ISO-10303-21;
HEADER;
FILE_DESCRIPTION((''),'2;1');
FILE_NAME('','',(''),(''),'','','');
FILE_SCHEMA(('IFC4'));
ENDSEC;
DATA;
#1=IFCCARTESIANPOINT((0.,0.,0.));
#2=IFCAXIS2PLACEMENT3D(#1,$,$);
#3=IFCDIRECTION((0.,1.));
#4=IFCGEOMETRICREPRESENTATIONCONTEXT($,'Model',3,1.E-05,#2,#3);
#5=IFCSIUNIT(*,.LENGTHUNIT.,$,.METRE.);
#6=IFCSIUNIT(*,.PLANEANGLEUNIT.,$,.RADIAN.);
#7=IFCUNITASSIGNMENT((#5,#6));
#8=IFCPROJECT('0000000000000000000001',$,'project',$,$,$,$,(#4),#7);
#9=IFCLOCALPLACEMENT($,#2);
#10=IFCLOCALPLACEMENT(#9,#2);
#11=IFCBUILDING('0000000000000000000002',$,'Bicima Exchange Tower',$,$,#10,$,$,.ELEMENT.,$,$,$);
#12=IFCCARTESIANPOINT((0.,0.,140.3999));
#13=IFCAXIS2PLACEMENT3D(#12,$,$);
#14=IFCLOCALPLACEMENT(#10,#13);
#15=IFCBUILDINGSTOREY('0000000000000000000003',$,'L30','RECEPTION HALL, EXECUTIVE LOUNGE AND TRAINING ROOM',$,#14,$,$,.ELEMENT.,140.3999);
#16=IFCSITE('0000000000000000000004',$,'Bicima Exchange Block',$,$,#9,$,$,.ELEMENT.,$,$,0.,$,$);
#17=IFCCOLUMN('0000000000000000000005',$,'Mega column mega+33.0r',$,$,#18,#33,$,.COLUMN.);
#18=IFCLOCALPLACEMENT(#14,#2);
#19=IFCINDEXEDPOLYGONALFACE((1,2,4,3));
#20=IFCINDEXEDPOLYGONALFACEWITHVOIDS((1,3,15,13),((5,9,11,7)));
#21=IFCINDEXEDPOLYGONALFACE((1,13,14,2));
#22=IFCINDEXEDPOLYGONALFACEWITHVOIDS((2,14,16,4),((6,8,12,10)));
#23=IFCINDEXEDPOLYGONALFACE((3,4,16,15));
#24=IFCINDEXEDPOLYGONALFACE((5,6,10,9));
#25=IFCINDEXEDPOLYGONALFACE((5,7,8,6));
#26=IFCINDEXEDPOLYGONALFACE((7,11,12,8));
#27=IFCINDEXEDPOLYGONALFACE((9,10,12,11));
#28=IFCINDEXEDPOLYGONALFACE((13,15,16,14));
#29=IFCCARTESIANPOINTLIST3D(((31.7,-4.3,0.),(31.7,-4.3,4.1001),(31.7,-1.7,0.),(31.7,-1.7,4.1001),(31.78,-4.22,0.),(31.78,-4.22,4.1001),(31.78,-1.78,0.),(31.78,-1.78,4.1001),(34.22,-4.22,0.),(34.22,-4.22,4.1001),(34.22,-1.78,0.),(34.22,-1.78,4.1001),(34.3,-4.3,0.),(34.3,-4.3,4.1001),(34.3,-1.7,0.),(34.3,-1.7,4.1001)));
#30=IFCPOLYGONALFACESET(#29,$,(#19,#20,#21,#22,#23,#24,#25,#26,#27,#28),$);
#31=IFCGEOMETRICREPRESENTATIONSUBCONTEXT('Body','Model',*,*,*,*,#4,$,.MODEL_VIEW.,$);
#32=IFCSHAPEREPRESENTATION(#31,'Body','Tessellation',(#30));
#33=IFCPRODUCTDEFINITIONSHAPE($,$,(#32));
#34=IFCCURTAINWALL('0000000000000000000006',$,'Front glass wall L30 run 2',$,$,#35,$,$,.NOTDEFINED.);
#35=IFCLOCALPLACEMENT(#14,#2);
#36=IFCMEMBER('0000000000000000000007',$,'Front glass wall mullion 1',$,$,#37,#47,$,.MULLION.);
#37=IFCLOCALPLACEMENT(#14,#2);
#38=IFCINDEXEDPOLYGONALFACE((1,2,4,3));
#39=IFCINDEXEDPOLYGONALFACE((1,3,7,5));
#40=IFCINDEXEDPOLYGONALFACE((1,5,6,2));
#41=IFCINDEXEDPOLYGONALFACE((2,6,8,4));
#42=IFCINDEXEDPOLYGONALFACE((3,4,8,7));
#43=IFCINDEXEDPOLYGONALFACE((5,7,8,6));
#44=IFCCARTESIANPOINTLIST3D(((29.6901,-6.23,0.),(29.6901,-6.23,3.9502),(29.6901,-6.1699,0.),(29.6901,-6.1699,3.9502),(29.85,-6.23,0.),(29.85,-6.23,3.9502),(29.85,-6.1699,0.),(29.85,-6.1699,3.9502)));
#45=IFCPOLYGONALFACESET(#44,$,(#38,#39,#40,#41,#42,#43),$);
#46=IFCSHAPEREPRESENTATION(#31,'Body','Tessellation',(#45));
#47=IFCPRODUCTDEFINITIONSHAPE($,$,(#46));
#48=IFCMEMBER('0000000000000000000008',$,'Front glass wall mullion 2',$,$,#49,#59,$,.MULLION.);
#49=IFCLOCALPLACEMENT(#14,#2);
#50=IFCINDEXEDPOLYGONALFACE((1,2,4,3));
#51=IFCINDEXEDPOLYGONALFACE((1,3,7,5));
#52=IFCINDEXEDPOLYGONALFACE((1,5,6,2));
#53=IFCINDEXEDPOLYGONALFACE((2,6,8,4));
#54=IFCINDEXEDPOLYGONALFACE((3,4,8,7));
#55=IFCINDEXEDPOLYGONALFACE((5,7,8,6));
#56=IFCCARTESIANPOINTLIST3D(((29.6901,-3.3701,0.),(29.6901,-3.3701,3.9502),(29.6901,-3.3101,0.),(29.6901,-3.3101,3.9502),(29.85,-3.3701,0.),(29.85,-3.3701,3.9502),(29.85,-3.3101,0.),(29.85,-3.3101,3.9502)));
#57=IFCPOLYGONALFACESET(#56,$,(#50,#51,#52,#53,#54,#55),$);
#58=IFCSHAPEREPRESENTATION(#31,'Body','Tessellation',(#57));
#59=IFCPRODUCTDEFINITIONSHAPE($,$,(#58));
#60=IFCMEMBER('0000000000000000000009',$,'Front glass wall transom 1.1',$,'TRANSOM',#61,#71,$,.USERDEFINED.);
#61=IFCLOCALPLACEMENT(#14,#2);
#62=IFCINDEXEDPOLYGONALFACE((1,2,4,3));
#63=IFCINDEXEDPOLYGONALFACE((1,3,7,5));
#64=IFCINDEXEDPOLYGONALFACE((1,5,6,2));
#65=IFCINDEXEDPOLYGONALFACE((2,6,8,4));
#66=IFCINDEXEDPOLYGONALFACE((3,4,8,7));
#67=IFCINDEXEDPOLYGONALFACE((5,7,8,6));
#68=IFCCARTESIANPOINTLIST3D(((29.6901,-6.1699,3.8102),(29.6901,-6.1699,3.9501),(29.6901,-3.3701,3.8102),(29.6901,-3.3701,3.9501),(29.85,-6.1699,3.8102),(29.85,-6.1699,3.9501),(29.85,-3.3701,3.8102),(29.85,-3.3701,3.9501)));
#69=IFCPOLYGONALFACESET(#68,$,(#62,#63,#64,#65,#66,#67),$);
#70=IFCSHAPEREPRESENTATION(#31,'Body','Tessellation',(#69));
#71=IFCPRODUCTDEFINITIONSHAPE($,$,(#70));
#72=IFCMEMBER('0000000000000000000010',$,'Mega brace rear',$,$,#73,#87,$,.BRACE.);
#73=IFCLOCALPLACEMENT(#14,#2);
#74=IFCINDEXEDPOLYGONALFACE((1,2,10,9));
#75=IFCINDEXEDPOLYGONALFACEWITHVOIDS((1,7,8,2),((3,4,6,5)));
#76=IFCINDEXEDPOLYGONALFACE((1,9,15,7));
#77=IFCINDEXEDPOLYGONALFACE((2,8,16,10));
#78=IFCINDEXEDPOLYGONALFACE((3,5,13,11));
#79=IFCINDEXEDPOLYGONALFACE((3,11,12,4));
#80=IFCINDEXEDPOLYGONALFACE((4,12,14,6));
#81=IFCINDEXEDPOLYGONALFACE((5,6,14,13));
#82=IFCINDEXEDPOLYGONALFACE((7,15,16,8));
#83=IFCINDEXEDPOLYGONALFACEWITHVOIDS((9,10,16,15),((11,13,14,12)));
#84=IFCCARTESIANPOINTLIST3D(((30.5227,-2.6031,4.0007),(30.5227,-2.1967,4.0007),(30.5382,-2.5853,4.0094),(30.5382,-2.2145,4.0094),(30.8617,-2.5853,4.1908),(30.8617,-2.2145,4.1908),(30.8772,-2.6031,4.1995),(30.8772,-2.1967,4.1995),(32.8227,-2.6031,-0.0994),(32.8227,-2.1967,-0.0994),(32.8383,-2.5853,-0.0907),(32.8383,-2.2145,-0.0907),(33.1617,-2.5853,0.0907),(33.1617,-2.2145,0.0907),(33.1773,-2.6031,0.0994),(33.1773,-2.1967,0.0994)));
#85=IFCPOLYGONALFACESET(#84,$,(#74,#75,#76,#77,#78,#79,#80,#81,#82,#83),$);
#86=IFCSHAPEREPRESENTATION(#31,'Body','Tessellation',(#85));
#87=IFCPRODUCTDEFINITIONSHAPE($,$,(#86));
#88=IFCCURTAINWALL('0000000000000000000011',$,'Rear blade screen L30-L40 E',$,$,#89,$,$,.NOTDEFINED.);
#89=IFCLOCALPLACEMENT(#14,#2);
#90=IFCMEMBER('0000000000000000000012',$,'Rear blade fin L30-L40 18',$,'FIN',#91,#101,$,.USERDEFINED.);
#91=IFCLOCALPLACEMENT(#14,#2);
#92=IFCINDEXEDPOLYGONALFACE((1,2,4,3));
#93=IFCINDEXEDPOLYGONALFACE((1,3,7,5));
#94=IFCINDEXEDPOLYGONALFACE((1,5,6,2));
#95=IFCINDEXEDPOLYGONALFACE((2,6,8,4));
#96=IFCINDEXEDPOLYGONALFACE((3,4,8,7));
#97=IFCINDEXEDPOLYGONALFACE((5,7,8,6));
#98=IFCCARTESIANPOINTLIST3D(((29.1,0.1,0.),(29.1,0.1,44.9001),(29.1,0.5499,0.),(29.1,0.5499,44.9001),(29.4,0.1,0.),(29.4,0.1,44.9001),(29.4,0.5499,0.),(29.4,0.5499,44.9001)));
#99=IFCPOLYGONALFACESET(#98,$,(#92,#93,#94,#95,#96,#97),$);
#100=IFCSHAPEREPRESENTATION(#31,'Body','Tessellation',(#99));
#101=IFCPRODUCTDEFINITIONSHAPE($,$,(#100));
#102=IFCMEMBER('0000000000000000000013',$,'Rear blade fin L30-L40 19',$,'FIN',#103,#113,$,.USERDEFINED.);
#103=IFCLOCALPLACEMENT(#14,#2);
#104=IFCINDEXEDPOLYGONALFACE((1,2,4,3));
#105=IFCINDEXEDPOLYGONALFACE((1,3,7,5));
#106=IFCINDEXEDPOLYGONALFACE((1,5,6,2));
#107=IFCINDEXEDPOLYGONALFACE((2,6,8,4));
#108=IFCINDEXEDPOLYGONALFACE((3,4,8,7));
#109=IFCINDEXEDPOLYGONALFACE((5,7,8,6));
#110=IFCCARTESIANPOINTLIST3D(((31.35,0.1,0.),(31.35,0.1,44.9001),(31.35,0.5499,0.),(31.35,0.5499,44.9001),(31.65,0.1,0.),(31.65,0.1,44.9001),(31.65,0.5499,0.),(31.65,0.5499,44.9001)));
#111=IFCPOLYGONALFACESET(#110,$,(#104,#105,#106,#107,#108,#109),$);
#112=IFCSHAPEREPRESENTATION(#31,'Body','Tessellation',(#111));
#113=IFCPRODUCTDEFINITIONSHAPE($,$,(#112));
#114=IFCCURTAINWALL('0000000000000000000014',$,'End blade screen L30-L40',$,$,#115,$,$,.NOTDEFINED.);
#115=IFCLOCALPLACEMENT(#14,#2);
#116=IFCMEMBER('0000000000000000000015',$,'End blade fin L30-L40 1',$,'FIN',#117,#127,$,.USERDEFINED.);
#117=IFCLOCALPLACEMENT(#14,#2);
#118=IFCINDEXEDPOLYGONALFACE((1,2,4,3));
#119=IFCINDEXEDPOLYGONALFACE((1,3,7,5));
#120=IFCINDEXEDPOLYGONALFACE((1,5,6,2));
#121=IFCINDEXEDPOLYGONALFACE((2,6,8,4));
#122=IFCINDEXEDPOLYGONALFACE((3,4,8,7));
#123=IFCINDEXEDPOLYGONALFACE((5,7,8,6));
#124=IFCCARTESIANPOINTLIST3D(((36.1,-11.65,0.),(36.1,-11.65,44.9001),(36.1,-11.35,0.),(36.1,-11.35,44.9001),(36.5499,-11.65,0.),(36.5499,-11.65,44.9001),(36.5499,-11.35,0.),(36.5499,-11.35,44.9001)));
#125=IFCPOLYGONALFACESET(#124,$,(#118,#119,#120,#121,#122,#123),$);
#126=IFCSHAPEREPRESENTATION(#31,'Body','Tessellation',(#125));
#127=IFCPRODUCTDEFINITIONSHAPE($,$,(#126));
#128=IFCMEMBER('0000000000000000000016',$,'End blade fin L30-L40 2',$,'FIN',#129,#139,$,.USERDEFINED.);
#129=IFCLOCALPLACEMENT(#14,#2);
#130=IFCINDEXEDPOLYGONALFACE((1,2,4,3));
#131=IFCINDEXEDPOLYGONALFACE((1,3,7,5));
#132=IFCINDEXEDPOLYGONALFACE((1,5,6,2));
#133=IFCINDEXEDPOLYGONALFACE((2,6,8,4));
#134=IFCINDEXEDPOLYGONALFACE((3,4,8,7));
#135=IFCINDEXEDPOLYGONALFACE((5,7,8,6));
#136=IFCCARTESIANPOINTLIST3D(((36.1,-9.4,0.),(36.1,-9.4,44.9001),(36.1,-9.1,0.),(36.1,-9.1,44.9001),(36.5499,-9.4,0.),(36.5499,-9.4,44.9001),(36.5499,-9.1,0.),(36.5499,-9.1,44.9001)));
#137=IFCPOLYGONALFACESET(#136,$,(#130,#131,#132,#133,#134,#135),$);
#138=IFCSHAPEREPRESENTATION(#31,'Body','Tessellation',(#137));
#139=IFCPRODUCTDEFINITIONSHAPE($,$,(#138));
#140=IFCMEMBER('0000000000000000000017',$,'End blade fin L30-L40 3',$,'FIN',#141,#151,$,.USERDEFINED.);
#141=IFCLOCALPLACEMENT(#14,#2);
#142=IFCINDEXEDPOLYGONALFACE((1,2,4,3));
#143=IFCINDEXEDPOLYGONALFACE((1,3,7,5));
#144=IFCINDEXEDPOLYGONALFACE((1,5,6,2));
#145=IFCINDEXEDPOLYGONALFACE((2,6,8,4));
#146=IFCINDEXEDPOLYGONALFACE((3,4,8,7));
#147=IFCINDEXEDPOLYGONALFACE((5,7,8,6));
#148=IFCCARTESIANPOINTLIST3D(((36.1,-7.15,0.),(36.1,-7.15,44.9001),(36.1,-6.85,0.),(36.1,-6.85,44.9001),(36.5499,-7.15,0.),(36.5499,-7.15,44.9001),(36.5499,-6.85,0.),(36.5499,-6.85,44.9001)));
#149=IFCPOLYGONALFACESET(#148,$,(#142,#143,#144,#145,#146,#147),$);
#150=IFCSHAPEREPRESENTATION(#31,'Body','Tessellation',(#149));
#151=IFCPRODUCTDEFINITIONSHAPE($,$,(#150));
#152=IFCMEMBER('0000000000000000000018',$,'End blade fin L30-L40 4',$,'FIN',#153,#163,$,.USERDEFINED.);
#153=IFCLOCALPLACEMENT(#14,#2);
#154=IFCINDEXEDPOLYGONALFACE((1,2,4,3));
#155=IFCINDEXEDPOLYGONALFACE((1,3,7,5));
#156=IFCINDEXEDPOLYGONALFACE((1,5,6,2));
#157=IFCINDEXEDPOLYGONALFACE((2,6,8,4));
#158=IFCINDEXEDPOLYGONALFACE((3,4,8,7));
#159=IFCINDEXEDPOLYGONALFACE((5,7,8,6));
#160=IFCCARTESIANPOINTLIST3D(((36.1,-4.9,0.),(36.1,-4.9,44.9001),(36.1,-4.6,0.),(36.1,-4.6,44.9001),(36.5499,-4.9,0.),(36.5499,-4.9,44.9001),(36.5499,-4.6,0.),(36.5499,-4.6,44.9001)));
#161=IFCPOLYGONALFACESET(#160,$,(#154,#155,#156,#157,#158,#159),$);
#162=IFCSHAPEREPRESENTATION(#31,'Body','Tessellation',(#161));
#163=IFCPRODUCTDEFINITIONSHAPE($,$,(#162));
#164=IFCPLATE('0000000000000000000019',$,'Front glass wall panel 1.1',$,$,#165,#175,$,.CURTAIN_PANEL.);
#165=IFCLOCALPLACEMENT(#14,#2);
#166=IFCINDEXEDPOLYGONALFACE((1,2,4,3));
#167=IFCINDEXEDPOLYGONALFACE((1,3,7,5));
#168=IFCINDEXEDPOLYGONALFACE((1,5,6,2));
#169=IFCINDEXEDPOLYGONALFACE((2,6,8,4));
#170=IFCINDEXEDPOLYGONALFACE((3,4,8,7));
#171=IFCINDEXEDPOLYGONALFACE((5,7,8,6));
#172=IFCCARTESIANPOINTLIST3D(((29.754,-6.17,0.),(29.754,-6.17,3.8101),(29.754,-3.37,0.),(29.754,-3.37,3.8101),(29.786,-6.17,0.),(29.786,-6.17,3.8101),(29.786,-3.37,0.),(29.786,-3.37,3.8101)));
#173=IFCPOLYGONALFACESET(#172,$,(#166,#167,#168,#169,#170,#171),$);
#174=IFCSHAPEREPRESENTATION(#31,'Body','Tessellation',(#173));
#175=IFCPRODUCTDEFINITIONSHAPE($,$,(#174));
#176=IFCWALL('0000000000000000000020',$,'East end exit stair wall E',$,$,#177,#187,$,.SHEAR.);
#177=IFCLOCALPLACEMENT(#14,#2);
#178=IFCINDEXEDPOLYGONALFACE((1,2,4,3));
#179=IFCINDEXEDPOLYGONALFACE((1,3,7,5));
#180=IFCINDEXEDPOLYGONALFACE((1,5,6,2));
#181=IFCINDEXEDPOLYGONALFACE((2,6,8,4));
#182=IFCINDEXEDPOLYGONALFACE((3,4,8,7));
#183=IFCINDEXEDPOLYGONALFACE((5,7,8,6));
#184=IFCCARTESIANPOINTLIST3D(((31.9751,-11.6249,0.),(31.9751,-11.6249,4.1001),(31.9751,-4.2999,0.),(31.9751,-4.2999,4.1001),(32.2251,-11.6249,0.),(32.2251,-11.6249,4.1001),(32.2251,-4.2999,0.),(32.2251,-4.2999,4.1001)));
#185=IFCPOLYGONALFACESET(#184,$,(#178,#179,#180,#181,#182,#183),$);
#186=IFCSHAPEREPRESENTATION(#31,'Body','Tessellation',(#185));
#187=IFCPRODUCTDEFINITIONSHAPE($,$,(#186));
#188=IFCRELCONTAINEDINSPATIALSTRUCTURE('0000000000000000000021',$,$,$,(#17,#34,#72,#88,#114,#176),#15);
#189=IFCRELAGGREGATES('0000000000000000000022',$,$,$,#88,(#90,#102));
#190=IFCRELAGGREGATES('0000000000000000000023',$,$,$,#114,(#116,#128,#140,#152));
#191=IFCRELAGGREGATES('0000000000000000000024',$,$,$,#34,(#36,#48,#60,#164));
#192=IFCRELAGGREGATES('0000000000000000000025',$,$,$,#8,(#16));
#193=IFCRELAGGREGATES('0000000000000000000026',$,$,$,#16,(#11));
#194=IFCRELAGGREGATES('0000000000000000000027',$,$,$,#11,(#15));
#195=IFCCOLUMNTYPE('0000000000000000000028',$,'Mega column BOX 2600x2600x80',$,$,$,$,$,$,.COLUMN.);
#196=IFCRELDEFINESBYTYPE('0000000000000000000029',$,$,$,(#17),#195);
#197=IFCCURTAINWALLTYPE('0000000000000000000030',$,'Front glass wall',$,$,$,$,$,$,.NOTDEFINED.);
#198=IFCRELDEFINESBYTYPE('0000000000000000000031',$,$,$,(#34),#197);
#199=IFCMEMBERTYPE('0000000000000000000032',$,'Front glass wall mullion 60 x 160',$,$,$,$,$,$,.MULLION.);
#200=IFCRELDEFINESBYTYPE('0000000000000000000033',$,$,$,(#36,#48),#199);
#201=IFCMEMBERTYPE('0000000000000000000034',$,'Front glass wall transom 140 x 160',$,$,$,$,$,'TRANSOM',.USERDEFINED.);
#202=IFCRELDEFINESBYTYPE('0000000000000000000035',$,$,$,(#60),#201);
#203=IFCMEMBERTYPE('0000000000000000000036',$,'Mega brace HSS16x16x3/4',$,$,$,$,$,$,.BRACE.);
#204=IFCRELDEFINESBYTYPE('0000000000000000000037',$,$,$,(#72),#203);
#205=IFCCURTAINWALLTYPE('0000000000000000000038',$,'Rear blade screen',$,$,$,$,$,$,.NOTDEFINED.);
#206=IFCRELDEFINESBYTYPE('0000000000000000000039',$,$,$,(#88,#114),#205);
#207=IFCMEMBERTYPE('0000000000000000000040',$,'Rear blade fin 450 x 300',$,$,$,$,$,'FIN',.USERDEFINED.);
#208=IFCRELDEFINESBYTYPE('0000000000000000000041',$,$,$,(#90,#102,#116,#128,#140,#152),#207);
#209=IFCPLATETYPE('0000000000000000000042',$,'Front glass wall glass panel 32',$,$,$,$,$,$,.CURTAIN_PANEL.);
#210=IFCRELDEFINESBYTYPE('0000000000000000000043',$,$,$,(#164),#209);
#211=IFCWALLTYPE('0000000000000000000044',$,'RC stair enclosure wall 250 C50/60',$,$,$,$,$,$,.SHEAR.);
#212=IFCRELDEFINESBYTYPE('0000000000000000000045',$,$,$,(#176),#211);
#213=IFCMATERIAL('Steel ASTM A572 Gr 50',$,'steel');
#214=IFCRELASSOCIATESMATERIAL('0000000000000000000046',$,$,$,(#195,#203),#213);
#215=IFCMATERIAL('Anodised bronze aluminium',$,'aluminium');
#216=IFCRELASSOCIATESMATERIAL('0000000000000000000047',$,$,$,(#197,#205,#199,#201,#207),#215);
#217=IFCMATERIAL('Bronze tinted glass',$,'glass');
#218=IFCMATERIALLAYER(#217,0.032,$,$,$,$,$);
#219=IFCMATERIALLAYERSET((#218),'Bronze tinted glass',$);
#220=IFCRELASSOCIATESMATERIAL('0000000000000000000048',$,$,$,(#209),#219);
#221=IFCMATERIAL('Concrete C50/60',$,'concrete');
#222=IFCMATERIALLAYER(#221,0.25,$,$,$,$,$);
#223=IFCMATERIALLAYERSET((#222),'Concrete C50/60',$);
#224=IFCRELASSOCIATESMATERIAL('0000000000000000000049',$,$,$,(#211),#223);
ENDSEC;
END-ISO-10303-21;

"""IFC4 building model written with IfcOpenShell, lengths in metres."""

from ifc_helpers import new_model, si_unit, direction, frame, frame_2d, origin, origin_2d, place, context, subcontext, project, spatial, rectangle, hollow_rectangle, extrude, material, layer, layer_set, material_profile, profile_set, type_object, element, aggregate, save


model = new_model("IFC4")

# Units and contexts
model_context = context("Model", 3, precision=1e-05, world=origin(), true_north=direction((0.0, 1.0)))
body_context = subcontext(model_context, "Body", "Model", "MODEL_VIEW")
ifc_project = project(units=[si_unit("LENGTHUNIT", "METRE"), si_unit("PLANEANGLEUNIT", "RADIAN")], contexts=[model_context])

# Site, building, storey
site_placement = place(None, origin())
site = spatial("IfcSite", under=ifc_project, at=site_placement, Name="Bicima Exchange Block", CompositionType="ELEMENT", RefElevation=0.0)
building_placement = place(site_placement, origin())
building = spatial("IfcBuilding", under=site, at=building_placement, Name="Bicima Exchange Tower", CompositionType="ELEMENT")
storey_placement = place(building_placement, frame((0.0, 0.0, 140.3999)))
storey = spatial("IfcBuildingStorey", under=building, at=storey_placement, Name="L30", Description="RECEPTION HALL, EXECUTIVE LOUNGE AND TRAINING ROOM", CompositionType="ELEMENT", Elevation=140.3999)

# Column
ifc_material_1 = material(Name="Steel ASTM A572 Gr 50", Category="steel")
ifc_material_profile_1 = material_profile(ifc_material_1, hollow_rectangle(XDim=2.6001, YDim=2.6001, WallThickness=0.0801, at=origin_2d()))
ifc_profile_set_1 = profile_set([ifc_material_profile_1], Name="Steel ASTM A572 Gr 50")
column_type = type_object("IfcColumnType", Name="Mega column BOX 2600x2600x80", PredefinedType="COLUMN", material=ifc_profile_set_1)
column_placement = place(storey_placement, frame((33.0, -3.0, 0.0), z_axis=(0.0, 0.0, 1.0), x_axis=(1.0, 0.0, 0.0)))
element("IfcColumn", 1, at=column_placement, inside=storey, type_object=column_type, Name="Mega column mega+33.0r", PredefinedType="COLUMN", context=body_context, shape_type="SweptSolid", body=[
    extrude(hollow_rectangle(XDim=2.6001, YDim=2.6001, WallThickness=0.0801, at=origin_2d()), origin(), (0.0, 0.0, 1.0), 4.1001),
])

# Curtain wall, members
ifc_material_2 = material(Name="Anodised bronze aluminium", Category="aluminium")
curtain_wall_type_1 = type_object("IfcCurtainWallType", Name="Front glass wall", PredefinedType="NOTDEFINED", material=ifc_material_2)
curtain_wall_1_placement = place(storey_placement, origin())
curtain_wall_1 = element("IfcCurtainWall", 2, at=curtain_wall_1_placement, inside=storey, type_object=curtain_wall_type_1, Name="Front glass wall L30 run 2", PredefinedType="NOTDEFINED")
ifc_material_profile_2 = material_profile(ifc_material_2, rectangle(XDim=0.1599, YDim=0.0601, at=origin_2d()))
ifc_profile_set_2 = profile_set([ifc_material_profile_2], Name="Anodised bronze aluminium")
member_type_1 = type_object("IfcMemberType", Name="Front glass wall mullion 60 x 160", PredefinedType="MULLION", material=ifc_profile_set_2)
member_1_placement = place(storey_placement, frame((29.77, -6.2, 0.0), z_axis=(0.0, 0.0, 1.0), x_axis=(-1.0, 0.0, 0.0)))
member_1 = element("IfcMember", 3, at=member_1_placement, type_object=member_type_1, Name="Front glass wall mullion 1", PredefinedType="MULLION", context=body_context, shape_type="SweptSolid", body=[
    extrude(rectangle(XDim=0.1599, YDim=0.0601, at=origin_2d()), origin(), (0.0, 0.0, 1.0), 3.9502),
])
member_2_placement = place(storey_placement, frame((29.77, -3.3401, 0.0), z_axis=(0.0, 0.0, 1.0), x_axis=(-1.0, 0.0, 0.0)))
member_2 = element("IfcMember", 4, at=member_2_placement, type_object=member_type_1, Name="Front glass wall mullion 2", PredefinedType="MULLION", context=body_context, shape_type="SweptSolid", body=[
    extrude(rectangle(XDim=0.1599, YDim=0.0601, at=origin_2d()), origin(), (0.0, 0.0, 1.0), 3.9502),
])
ifc_material_profile_3 = material_profile(ifc_material_2, rectangle(XDim=0.1599, YDim=0.1399, at=origin_2d()))
ifc_profile_set_3 = profile_set([ifc_material_profile_3], Name="Anodised bronze aluminium")
member_type_2 = type_object("IfcMemberType", Name="Front glass wall transom 140 x 160", ElementType="TRANSOM", PredefinedType="USERDEFINED", material=ifc_profile_set_3)
member_3_placement = place(storey_placement, frame((29.77, -6.1699, 3.8801), z_axis=(0.0, 1.0, 0.0), x_axis=(-1.0, 0.0, 0.0)))
member_3 = element("IfcMember", 5, at=member_3_placement, type_object=member_type_2, Name="Front glass wall transom 1.1", ObjectType="TRANSOM", PredefinedType="USERDEFINED", context=body_context, shape_type="SweptSolid", body=[
    extrude(rectangle(XDim=0.1599, YDim=0.1399, at=origin_2d()), origin(), (0.0, 0.0, 1.0), 2.7998),
])

# Member
ifc_material_profile_4 = material_profile(ifc_material_1, hollow_rectangle(XDim=0.4065, YDim=0.4065, WallThickness=0.0178, at=origin_2d()))
ifc_profile_set_4 = profile_set([ifc_material_profile_4], Name="Steel ASTM A572 Gr 50")
member_type_3 = type_object("IfcMemberType", Name="Mega brace HSS16x16x3/4", PredefinedType="BRACE", material=ifc_profile_set_4)
member_4_placement = place(storey_placement, frame((33.0, -2.3999, 0.0), z_axis=(-0.48925, 0.0, 0.872144), x_axis=(0.0, -1.0, 0.0)))
element("IfcMember", 6, at=member_4_placement, inside=storey, type_object=member_type_3, Name="Mega brace rear", PredefinedType="BRACE", context=body_context, shape_type="SweptSolid", body=[
    extrude(hollow_rectangle(XDim=0.4065, YDim=0.4065, WallThickness=0.0178, at=origin_2d()), origin(), (0.0, 0.0, 1.0), 4.7012),
])

# Curtain walls, members
curtain_wall_type_2 = type_object("IfcCurtainWallType", Name="Rear blade screen", PredefinedType="NOTDEFINED", material=ifc_material_2)
curtain_wall_2_placement = place(storey_placement, origin())
curtain_wall_2 = element("IfcCurtainWall", 7, at=curtain_wall_2_placement, inside=storey, type_object=curtain_wall_type_2, Name="Rear blade screen L30-L40 E", PredefinedType="NOTDEFINED")
ifc_material_profile_5 = material_profile(ifc_material_2, rectangle(XDim=0.45, YDim=0.3, at=origin_2d()))
ifc_profile_set_5 = profile_set([ifc_material_profile_5], Name="Anodised bronze aluminium")
member_type_4 = type_object("IfcMemberType", Name="Rear blade fin 450 x 300", ElementType="FIN", PredefinedType="USERDEFINED", material=ifc_profile_set_5)
member_5_placement = place(storey_placement, frame((29.25, 0.325, 0.0), z_axis=(0.0, 0.0, 1.0), x_axis=(0.0, 1.0, 0.0)))
member_5 = element("IfcMember", 8, at=member_5_placement, type_object=member_type_4, Name="Rear blade fin L30-L40 18", ObjectType="FIN", PredefinedType="USERDEFINED", context=body_context, shape_type="SweptSolid", body=[
    extrude(rectangle(XDim=0.45, YDim=0.3, at=origin_2d()), origin(), (0.0, 0.0, 1.0), 44.9001),
])
member_6_placement = place(storey_placement, frame((31.5, 0.325, 0.0), z_axis=(0.0, 0.0, 1.0), x_axis=(0.0, 1.0, 0.0)))
member_6 = element("IfcMember", 9, at=member_6_placement, type_object=member_type_4, Name="Rear blade fin L30-L40 19", ObjectType="FIN", PredefinedType="USERDEFINED", context=body_context, shape_type="SweptSolid", body=[
    extrude(rectangle(XDim=0.45, YDim=0.3, at=origin_2d()), origin(), (0.0, 0.0, 1.0), 44.9001),
])
aggregate(curtain_wall_2, [member_5, member_6])
curtain_wall_3_placement = place(storey_placement, origin())
curtain_wall_3 = element("IfcCurtainWall", 10, at=curtain_wall_3_placement, inside=storey, type_object=curtain_wall_type_2, Name="End blade screen L30-L40", PredefinedType="NOTDEFINED")
member_7_placement = place(storey_placement, frame((36.325, -11.5, 0.0), z_axis=(0.0, 0.0, 1.0), x_axis=(1.0, 0.0, 0.0)))
member_7 = element("IfcMember", 11, at=member_7_placement, type_object=member_type_4, Name="End blade fin L30-L40 1", ObjectType="FIN", PredefinedType="USERDEFINED", context=body_context, shape_type="SweptSolid", body=[
    extrude(rectangle(XDim=0.45, YDim=0.3, at=origin_2d()), origin(), (0.0, 0.0, 1.0), 44.9001),
])
member_8_placement = place(storey_placement, frame((36.325, -9.25, 0.0), z_axis=(0.0, 0.0, 1.0), x_axis=(1.0, 0.0, 0.0)))
member_8 = element("IfcMember", 12, at=member_8_placement, type_object=member_type_4, Name="End blade fin L30-L40 2", ObjectType="FIN", PredefinedType="USERDEFINED", context=body_context, shape_type="SweptSolid", body=[
    extrude(rectangle(XDim=0.45, YDim=0.3, at=origin_2d()), origin(), (0.0, 0.0, 1.0), 44.9001),
])
member_9_placement = place(storey_placement, frame((36.325, -7.0, 0.0), z_axis=(0.0, 0.0, 1.0), x_axis=(1.0, 0.0, 0.0)))
member_9 = element("IfcMember", 13, at=member_9_placement, type_object=member_type_4, Name="End blade fin L30-L40 3", ObjectType="FIN", PredefinedType="USERDEFINED", context=body_context, shape_type="SweptSolid", body=[
    extrude(rectangle(XDim=0.45, YDim=0.3, at=origin_2d()), origin(), (0.0, 0.0, 1.0), 44.9001),
])
member_10_placement = place(storey_placement, frame((36.325, -4.75, 0.0), z_axis=(0.0, 0.0, 1.0), x_axis=(1.0, 0.0, 0.0)))
member_10 = element("IfcMember", 14, at=member_10_placement, type_object=member_type_4, Name="End blade fin L30-L40 4", ObjectType="FIN", PredefinedType="USERDEFINED", context=body_context, shape_type="SweptSolid", body=[
    extrude(rectangle(XDim=0.45, YDim=0.3, at=origin_2d()), origin(), (0.0, 0.0, 1.0), 44.9001),
])
aggregate(curtain_wall_3, [member_7, member_8, member_9, member_10])

# Plate
ifc_material_3 = material(Name="Bronze tinted glass", Category="glass")
ifc_layer_1 = layer(ifc_material_3, 0.032)
ifc_layer_set_1 = layer_set([ifc_layer_1], Name="Bronze tinted glass")
plate_type = type_object("IfcPlateType", Name="Front glass wall glass panel 32", PredefinedType="CURTAIN_PANEL", material=ifc_layer_set_1)
plate_placement = place(storey_placement, frame((29.77, -4.77, 0.0), z_axis=(0.0, 0.0, 1.0), x_axis=(0.0, 1.0, 0.0)))
plate = element("IfcPlate", 15, at=plate_placement, type_object=plate_type, Name="Front glass wall panel 1.1", PredefinedType="CURTAIN_PANEL", context=body_context, shape_type="SweptSolid", body=[
    extrude(rectangle(XDim=2.8, YDim=0.032, at=origin_2d()), origin(), (0.0, 0.0, 1.0), 3.8101),
])
aggregate(curtain_wall_1, [member_1, member_2, member_3, plate])

# Wall
ifc_material_4 = material(Name="Concrete C50/60", Category="concrete")
ifc_layer_2 = layer(ifc_material_4, 0.25)
ifc_layer_set_2 = layer_set([ifc_layer_2], Name="Concrete C50/60")
wall_type_1 = type_object("IfcWallType", Name="RC stair enclosure wall 250 C50/60", PredefinedType="SHEAR", material=ifc_layer_set_2)
wall_1_placement = place(storey_placement, frame((32.1001, -11.625, 0.0), z_axis=(0.0, 0.0, 1.0), x_axis=(0.0, 1.0, 0.0)))
element("IfcWall", 16, at=wall_1_placement, inside=storey, type_object=wall_type_1, Name="East end exit stair wall E", PredefinedType="SHEAR", context=body_context, shape_type="SweptSolid", body=[
    extrude(rectangle(XDim=7.325, YDim=0.25, at=frame_2d((3.6626, 0.0))), origin(), (0.0, 0.0, 1.0), 4.1001),
])

save(model, "model.ifc")
